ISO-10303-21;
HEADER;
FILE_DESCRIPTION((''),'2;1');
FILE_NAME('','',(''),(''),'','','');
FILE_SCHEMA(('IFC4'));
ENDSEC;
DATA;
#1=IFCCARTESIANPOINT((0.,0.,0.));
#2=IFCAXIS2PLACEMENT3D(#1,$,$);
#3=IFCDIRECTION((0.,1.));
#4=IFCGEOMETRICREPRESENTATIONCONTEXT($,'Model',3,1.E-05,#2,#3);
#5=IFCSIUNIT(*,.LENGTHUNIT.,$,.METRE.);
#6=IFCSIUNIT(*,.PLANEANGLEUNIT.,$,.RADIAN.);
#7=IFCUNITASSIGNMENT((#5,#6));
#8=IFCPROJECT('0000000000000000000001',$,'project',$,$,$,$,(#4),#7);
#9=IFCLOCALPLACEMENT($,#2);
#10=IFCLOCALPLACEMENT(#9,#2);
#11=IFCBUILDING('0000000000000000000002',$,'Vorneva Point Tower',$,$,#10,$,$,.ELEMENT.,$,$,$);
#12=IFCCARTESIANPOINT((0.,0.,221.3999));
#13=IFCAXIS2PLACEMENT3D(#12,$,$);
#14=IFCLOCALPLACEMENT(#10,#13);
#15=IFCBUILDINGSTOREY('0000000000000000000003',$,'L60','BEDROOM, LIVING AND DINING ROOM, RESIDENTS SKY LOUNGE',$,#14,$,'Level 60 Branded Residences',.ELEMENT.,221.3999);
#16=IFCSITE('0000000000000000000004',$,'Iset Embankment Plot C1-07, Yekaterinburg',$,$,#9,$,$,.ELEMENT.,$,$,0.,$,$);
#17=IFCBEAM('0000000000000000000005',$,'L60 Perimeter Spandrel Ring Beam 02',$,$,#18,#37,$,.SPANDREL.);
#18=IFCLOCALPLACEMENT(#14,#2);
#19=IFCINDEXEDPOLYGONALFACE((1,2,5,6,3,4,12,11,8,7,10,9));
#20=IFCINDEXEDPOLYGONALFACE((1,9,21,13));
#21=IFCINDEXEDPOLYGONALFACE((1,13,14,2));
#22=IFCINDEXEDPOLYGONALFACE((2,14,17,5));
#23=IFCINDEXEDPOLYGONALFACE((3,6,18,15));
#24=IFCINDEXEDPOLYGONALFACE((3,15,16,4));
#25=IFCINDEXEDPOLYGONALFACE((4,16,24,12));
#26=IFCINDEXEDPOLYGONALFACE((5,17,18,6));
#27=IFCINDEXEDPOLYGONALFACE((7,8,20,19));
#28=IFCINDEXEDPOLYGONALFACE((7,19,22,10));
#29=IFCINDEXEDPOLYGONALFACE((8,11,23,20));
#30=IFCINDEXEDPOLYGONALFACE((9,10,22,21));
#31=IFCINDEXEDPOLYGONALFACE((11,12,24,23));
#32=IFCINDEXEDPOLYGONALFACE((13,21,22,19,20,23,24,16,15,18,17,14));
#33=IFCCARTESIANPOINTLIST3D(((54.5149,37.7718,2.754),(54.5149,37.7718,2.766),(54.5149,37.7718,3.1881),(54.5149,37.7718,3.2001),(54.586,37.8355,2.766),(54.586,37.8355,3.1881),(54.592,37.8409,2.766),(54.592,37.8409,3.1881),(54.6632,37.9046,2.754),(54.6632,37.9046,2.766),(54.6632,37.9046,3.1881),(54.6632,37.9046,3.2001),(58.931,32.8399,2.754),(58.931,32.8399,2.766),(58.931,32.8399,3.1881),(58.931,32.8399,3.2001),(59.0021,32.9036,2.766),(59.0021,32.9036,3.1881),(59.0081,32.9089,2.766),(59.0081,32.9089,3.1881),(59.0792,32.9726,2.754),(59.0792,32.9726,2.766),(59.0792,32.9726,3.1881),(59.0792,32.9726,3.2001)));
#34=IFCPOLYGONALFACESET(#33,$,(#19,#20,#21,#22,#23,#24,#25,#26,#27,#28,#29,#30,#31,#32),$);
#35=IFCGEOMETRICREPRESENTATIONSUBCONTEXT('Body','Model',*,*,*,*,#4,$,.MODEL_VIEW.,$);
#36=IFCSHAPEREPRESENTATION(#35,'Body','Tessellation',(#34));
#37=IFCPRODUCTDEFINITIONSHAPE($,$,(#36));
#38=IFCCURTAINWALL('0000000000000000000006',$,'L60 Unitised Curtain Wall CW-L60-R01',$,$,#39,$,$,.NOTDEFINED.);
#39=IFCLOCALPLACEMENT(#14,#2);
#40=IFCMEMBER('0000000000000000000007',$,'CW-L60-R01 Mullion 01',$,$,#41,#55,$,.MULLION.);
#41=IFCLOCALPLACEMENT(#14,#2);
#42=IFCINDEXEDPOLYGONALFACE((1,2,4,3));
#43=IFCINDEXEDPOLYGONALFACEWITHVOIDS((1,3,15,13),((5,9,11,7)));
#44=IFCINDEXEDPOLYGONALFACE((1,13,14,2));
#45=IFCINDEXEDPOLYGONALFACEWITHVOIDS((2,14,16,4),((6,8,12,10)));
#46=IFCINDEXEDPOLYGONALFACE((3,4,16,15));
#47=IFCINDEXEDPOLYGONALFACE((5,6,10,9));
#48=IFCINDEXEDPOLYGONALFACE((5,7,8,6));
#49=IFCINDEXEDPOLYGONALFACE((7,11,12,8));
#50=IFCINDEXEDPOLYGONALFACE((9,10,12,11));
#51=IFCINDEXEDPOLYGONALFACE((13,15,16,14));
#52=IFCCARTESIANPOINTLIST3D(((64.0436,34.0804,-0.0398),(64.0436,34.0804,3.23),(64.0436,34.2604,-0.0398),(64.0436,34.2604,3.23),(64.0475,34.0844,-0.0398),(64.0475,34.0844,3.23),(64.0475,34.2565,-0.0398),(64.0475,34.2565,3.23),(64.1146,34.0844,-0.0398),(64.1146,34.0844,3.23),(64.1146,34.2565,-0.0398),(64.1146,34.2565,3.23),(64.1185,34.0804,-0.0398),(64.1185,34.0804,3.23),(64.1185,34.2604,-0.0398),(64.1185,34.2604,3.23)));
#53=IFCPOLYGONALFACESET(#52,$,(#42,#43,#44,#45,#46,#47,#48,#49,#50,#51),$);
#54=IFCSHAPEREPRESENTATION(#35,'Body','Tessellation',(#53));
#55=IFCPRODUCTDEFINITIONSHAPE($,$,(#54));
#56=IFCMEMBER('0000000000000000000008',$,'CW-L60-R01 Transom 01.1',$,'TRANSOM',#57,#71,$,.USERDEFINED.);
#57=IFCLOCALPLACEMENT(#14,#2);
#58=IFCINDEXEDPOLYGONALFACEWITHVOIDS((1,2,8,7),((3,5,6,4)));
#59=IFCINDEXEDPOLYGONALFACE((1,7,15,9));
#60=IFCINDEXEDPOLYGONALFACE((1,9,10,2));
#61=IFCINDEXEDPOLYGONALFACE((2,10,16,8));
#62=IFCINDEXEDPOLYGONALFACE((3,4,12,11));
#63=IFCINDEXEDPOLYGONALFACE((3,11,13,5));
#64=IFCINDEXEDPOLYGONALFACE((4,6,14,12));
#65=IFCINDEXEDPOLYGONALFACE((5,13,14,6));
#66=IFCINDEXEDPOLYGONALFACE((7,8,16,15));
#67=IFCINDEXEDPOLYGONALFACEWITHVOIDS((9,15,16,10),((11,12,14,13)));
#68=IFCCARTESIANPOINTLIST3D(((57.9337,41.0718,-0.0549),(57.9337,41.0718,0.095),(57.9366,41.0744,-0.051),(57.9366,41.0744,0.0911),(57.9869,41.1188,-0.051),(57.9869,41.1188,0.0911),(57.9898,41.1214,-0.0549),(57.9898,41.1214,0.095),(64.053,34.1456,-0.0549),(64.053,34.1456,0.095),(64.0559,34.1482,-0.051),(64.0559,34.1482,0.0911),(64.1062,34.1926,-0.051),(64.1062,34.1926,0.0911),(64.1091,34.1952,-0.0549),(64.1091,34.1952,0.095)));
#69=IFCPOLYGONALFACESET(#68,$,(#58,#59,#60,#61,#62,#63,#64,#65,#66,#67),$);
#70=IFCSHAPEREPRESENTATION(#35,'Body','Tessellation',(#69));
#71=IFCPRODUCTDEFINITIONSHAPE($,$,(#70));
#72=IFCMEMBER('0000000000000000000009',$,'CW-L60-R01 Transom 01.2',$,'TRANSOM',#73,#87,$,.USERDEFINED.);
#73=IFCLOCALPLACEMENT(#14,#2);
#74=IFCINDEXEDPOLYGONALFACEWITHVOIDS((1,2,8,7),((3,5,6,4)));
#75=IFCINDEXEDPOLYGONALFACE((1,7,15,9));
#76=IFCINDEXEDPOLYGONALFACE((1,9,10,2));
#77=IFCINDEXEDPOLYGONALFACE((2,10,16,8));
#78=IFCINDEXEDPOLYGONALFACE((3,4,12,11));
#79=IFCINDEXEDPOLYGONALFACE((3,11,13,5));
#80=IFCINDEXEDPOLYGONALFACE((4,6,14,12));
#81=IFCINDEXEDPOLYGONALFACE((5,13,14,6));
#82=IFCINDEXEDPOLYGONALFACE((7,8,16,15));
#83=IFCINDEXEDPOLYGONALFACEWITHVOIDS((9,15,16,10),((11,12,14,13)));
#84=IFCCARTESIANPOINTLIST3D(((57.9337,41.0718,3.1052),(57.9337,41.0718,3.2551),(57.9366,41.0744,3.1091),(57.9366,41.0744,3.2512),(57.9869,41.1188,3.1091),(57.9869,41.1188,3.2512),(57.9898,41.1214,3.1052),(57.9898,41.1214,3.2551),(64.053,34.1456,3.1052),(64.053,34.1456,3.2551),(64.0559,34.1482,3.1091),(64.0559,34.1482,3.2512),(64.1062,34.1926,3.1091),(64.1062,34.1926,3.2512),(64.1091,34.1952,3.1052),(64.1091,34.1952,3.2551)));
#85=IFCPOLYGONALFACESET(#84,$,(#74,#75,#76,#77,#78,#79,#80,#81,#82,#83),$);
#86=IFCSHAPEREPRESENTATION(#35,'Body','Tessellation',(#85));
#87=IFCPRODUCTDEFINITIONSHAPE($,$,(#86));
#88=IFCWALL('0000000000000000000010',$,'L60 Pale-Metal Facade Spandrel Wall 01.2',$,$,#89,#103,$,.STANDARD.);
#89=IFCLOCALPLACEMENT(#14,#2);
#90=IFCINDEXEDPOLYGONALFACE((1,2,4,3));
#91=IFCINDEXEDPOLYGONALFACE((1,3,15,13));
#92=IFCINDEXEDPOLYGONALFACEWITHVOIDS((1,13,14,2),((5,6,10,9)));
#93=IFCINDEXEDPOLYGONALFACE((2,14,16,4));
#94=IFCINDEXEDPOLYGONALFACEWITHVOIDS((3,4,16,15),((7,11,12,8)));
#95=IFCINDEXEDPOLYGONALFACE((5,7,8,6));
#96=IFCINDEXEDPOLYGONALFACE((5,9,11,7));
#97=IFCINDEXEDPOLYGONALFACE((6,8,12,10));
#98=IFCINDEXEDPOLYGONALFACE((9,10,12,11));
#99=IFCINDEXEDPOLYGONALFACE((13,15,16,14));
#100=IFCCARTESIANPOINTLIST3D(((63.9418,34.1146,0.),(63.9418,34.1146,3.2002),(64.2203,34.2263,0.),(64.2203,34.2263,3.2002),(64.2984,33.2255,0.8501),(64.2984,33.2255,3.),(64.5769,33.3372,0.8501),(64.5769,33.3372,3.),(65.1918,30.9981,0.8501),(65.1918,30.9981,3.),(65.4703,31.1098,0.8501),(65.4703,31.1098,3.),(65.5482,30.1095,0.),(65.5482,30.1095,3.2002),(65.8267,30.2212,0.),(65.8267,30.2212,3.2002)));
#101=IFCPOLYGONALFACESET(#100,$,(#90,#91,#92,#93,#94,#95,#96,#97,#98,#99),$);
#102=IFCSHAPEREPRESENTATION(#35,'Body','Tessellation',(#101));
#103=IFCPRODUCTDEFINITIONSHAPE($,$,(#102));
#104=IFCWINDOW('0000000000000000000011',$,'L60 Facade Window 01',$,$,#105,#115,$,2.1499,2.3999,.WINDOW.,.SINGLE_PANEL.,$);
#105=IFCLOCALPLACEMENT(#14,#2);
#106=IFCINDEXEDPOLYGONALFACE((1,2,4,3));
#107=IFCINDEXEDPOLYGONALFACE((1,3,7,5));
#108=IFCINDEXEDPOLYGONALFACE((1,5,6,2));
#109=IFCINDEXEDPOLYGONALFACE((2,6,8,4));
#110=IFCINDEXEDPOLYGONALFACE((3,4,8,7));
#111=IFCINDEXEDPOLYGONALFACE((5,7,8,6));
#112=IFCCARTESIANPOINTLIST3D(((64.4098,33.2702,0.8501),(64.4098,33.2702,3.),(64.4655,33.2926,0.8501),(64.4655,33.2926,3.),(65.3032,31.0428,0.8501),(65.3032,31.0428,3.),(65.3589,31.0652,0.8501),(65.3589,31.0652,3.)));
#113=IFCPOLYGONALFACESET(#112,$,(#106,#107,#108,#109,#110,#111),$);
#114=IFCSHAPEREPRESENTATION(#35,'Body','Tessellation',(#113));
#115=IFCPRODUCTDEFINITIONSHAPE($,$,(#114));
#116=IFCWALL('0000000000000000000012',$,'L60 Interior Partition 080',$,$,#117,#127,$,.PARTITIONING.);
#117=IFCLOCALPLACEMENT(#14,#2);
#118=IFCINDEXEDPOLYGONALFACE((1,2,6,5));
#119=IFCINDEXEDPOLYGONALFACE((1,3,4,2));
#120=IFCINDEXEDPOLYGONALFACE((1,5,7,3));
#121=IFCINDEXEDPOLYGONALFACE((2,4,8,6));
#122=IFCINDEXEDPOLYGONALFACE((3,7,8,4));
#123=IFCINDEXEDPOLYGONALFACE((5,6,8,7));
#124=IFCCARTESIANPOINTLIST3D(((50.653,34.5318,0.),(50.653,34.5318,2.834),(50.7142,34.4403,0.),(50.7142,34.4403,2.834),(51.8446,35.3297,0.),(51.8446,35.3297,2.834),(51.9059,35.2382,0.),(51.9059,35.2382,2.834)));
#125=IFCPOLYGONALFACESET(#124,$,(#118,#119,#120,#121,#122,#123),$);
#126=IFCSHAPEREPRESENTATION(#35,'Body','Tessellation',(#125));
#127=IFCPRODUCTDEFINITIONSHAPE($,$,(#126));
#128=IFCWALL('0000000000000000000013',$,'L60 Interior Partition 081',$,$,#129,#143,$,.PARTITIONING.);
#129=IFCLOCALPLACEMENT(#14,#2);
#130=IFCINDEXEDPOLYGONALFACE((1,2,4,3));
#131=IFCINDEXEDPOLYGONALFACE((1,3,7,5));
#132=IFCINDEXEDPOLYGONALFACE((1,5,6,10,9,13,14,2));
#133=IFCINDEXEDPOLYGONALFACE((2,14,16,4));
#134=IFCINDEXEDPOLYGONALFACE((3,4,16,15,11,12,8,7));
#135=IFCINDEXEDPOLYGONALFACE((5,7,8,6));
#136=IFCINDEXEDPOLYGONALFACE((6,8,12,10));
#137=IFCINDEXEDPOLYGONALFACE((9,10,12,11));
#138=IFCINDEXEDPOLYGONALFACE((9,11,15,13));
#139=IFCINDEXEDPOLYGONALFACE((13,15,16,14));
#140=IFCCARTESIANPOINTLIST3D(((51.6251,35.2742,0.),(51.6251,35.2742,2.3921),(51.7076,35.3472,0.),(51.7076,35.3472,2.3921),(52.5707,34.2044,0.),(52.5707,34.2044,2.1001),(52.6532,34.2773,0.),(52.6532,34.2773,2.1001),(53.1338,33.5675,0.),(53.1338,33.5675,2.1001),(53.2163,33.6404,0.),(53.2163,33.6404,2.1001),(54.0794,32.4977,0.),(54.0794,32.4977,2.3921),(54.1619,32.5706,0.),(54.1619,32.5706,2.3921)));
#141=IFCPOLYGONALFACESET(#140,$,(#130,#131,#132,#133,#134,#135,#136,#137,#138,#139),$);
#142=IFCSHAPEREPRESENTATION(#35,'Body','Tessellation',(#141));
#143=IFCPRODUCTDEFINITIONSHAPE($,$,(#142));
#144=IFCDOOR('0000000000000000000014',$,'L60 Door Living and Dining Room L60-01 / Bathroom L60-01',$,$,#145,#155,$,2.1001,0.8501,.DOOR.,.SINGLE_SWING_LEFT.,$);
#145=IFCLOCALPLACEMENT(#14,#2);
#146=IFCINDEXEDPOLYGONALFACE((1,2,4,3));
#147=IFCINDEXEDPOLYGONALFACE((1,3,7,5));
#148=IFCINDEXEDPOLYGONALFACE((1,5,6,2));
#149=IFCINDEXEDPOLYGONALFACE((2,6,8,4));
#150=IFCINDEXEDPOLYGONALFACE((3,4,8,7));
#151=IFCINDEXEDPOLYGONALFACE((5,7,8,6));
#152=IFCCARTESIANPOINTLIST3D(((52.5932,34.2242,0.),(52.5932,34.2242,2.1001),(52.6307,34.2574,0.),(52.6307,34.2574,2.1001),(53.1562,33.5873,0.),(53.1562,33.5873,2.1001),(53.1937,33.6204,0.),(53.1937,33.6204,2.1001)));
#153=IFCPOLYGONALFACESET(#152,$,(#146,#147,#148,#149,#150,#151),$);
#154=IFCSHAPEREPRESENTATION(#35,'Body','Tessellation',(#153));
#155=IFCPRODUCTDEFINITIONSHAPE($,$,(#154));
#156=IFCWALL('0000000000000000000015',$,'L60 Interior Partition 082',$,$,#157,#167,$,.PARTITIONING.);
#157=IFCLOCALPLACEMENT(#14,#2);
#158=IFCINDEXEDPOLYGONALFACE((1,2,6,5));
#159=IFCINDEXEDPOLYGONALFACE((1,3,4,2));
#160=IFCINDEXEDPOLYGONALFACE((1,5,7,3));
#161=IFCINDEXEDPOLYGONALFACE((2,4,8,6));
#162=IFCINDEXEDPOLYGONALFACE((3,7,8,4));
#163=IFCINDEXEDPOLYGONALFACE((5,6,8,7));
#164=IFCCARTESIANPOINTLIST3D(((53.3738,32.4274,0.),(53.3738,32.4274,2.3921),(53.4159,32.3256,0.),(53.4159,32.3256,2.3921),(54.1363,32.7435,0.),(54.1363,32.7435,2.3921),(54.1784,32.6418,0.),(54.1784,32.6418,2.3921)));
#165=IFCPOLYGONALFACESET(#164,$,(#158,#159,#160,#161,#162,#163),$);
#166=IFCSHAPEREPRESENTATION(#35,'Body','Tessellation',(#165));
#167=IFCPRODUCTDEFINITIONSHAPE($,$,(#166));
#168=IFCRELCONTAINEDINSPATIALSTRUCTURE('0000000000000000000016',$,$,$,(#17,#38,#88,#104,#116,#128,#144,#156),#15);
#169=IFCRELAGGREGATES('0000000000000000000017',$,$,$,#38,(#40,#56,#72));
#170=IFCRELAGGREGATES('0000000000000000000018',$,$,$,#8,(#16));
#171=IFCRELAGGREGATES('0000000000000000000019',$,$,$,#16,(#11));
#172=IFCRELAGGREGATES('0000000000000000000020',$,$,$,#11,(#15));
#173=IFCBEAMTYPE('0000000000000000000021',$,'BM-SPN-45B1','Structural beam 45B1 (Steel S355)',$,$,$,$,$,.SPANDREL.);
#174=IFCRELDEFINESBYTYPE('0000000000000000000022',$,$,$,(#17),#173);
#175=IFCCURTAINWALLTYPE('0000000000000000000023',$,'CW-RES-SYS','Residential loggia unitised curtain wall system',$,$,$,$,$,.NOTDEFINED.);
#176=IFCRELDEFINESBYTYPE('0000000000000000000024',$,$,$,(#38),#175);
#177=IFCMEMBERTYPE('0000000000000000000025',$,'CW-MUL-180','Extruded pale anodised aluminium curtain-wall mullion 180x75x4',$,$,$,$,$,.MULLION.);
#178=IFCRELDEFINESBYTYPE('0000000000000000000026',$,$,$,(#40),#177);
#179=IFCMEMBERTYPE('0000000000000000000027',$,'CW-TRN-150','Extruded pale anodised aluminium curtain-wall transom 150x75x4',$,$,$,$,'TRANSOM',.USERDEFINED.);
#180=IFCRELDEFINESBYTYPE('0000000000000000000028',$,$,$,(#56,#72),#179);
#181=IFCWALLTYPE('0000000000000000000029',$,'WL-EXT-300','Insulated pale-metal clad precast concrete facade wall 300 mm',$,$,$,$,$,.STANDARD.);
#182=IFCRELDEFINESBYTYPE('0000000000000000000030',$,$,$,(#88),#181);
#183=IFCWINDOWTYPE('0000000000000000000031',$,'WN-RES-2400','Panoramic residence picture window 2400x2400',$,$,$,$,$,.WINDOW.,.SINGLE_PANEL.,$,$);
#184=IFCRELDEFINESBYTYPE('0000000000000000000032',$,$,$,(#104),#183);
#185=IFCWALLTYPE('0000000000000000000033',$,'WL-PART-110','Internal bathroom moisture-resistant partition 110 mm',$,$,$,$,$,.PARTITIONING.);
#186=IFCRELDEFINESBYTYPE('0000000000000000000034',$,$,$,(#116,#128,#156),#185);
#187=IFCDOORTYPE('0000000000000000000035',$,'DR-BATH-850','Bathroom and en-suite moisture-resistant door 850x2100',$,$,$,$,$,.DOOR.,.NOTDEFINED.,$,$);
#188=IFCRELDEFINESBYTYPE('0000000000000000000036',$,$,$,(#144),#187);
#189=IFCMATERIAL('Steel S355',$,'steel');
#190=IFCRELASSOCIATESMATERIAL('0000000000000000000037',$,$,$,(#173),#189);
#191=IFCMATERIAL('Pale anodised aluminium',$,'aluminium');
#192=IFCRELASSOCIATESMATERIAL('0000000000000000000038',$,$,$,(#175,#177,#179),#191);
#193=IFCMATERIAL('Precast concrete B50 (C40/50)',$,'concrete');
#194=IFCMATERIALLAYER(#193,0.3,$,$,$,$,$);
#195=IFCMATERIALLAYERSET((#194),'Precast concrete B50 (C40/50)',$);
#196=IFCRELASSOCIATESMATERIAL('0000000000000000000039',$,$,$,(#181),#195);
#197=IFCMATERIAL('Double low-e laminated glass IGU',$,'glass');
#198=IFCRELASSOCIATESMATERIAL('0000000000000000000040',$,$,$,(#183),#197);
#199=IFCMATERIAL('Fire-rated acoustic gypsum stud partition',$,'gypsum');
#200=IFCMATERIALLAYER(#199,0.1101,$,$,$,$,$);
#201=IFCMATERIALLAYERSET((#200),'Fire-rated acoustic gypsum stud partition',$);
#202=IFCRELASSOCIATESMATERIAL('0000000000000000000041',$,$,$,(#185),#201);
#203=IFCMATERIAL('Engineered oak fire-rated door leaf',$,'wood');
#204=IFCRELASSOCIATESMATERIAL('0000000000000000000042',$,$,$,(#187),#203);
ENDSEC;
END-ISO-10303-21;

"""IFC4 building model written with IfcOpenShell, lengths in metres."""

from ifc_helpers import new_model, si_unit, direction, frame, frame_2d, origin, origin_2d, place, context, subcontext, project, spatial, rectangle, hollow_rectangle, i_section, extrude, material, layer, layer_set, material_profile, profile_set, type_object, element, fill, aggregate, save


model = new_model("IFC4")

# Units and contexts
model_context = context("Model", 3, precision=1e-05, world=origin(), true_north=direction((0.0, 1.0)))
body_context = subcontext(model_context, "Body", "Model", "MODEL_VIEW")
ifc_project = project(units=[si_unit("LENGTHUNIT", "METRE"), si_unit("PLANEANGLEUNIT", "RADIAN")], contexts=[model_context])

# Site, building, storey
site_placement = place(None, origin())
site = spatial("IfcSite", under=ifc_project, at=site_placement, Name="Iset Embankment Plot C1-07, Yekaterinburg", CompositionType="ELEMENT", RefElevation=0.0)
building_placement = place(site_placement, origin())
building = spatial("IfcBuilding", under=site, at=building_placement, Name="Vorneva Point Tower", CompositionType="ELEMENT")
storey_placement = place(building_placement, frame((0.0, 0.0, 221.3999)))
storey = spatial("IfcBuildingStorey", under=building, at=storey_placement, Name="L60", Description="BEDROOM, LIVING AND DINING ROOM, RESIDENTS SKY LOUNGE", LongName="Level 60 Branded Residences", CompositionType="ELEMENT", Elevation=221.3999)

# Beam
ifc_material_1 = material(Name="Steel S355", Category="steel")
ifc_material_profile_1 = material_profile(ifc_material_1, i_section(OverallWidth=0.199, OverallDepth=0.446, WebThickness=0.0081, FlangeThickness=0.012, at=origin_2d()), Name="45B1")
ifc_profile_set_1 = profile_set([ifc_material_profile_1], Name="Steel S355")
beam_type_1 = type_object("IfcBeamType", Name="BM-SPN-45B1", Description="Structural beam 45B1 (Steel S355)", PredefinedType="SPANDREL", material=ifc_profile_set_1)
beam_1_placement = place(storey_placement, frame((59.0051, 32.9062, 2.9771), z_axis=(-0.66707, 0.744995, 0.0), x_axis=(-0.744995, -0.66707, 0.0)))
element("IfcBeam", 1, at=beam_1_placement, inside=storey, type_object=beam_type_1, Name="L60 Perimeter Spandrel Ring Beam 02", PredefinedType="SPANDREL", context=body_context, shape_type="SweptSolid", body=[
    extrude(i_section(OverallWidth=0.199, OverallDepth=0.446, WebThickness=0.0081, FlangeThickness=0.012, at=origin_2d()), origin(), (0.0, 0.0, 1.0), 6.6201),
])

# Curtain wall, members
ifc_material_2 = material(Name="Pale anodised aluminium", Category="aluminium")
curtain_wall_type = type_object("IfcCurtainWallType", Name="CW-RES-SYS", Description="Residential loggia unitised curtain wall system", PredefinedType="NOTDEFINED", material=ifc_material_2)
curtain_wall_placement = place(storey_placement, origin())
curtain_wall = element("IfcCurtainWall", 2, at=curtain_wall_placement, inside=storey, type_object=curtain_wall_type, Name="L60 Unitised Curtain Wall CW-L60-R01", PredefinedType="NOTDEFINED")
ifc_material_profile_2 = material_profile(ifc_material_2, hollow_rectangle(XDim=0.075, YDim=0.1799, WallThickness=0.0039, at=origin_2d()), Name="AL-MUL 180x75x4")
ifc_profile_set_2 = profile_set([ifc_material_profile_2], Name="Pale anodised aluminium")
member_type_1 = type_object("IfcMemberType", Name="CW-MUL-180", Description="Extruded pale anodised aluminium curtain-wall mullion 180x75x4", PredefinedType="MULLION", material=ifc_profile_set_2)
member_1_placement = place(storey_placement, frame((64.0811, 34.1704, -0.0398), z_axis=(0.0, 0.0, 1.0), x_axis=(1.0, 0.0, 0.0)))
member_1 = element("IfcMember", 3, at=member_1_placement, type_object=member_type_1, Name="CW-L60-R01 Mullion 01", PredefinedType="MULLION", context=body_context, shape_type="SweptSolid", body=[
    extrude(hollow_rectangle(XDim=0.075, YDim=0.1799, WallThickness=0.0039, at=origin_2d()), origin(), (0.0, 0.0, 1.0), 3.2698),
])
ifc_material_profile_3 = material_profile(ifc_material_2, hollow_rectangle(XDim=0.075, YDim=0.1499, WallThickness=0.0039, at=origin_2d()), Name="AL-TRN 150x75x4")
ifc_profile_set_3 = profile_set([ifc_material_profile_3], Name="Pale anodised aluminium")
member_type_2 = type_object("IfcMemberType", Name="CW-TRN-150", Description="Extruded pale anodised aluminium curtain-wall transom 150x75x4", ElementType="TRANSOM", PredefinedType="USERDEFINED", material=ifc_profile_set_3)
member_2_placement = place(storey_placement, frame((64.0811, 34.1704, 0.02), z_axis=(-0.662106, 0.74941, 0.0), x_axis=(-0.74941, -0.662106, 0.0)))
member_2 = element("IfcMember", 4, at=member_2_placement, type_object=member_type_2, Name="CW-L60-R01 Transom 01.1", ObjectType="TRANSOM", PredefinedType="USERDEFINED", context=body_context, shape_type="SweptSolid", body=[
    extrude(hollow_rectangle(XDim=0.075, YDim=0.1499, WallThickness=0.0039, at=origin_2d()), origin(), (0.0, 0.0, 1.0), 9.2422),
])
member_3_placement = place(storey_placement, frame((64.0811, 34.1704, 3.1802), z_axis=(-0.662106, 0.74941, 0.0), x_axis=(-0.74941, -0.662106, 0.0)))
member_3 = element("IfcMember", 5, at=member_3_placement, type_object=member_type_2, Name="CW-L60-R01 Transom 01.2", ObjectType="TRANSOM", PredefinedType="USERDEFINED", context=body_context, shape_type="SweptSolid", body=[
    extrude(hollow_rectangle(XDim=0.075, YDim=0.1499, WallThickness=0.0039, at=origin_2d()), origin(), (0.0, 0.0, 1.0), 9.2422),
])
aggregate(curtain_wall, [member_1, member_2, member_3])

# Wall, opening, window
ifc_material_3 = material(Name="Precast concrete B50 (C40/50)", Category="concrete")
ifc_layer_1 = layer(ifc_material_3, 0.3)
ifc_layer_set_1 = layer_set([ifc_layer_1], Name="Precast concrete B50 (C40/50)")
wall_type_1 = type_object("IfcWallType", Name="WL-EXT-300", Description="Insulated pale-metal clad precast concrete facade wall 300 mm", PredefinedType="STANDARD", material=ifc_layer_set_1)
wall_1_placement = place(storey_placement, frame((65.6875, 30.1653, 0.0), z_axis=(0.0, 0.0, 1.0), x_axis=(-0.372268, 0.928125, 0.0)))
wall_1 = element("IfcWall", 6, at=wall_1_placement, inside=storey, type_object=wall_type_1, Name="L60 Pale-Metal Facade Spandrel Wall 01.2", PredefinedType="STANDARD", context=body_context, shape_type="SweptSolid", body=[
    extrude(rectangle(XDim=4.3152, YDim=0.3, at=frame_2d((2.1577, 0.0))), origin(), (0.0, 0.0, 1.0), 3.2002),
])
opening_1_placement = place(wall_1_placement, frame((0.9575, 0.0, 0.8501)))
opening_1 = element("IfcOpeningElement", 7, at=opening_1_placement, cuts=wall_1, PredefinedType="OPENING", context=body_context, shape_type="SweptSolid", body=[
    extrude(rectangle(XDim=2.3999, YDim=2.1499, at=frame_2d((1.2, 1.075))), frame((0.0, 0.165, 0.0), z_axis=(0.0, -1.0, 0.0), x_axis=(1.0, 0.0, 0.0)), (0.0, 0.0, 1.0), 0.3298),
])
ifc_material_4 = material(Name="Double low-e laminated glass IGU", Category="glass")
window_type = type_object("IfcWindowType", Name="WN-RES-2400", Description="Panoramic residence picture window 2400x2400", PartitioningType="SINGLE_PANEL", PredefinedType="WINDOW", material=ifc_material_4)
window_placement = place(opening_1_placement, origin())
window = element("IfcWindow", 8, at=window_placement, inside=storey, type_object=window_type, Name="L60 Facade Window 01", OverallHeight=2.1499, OverallWidth=2.3999, PartitioningType="SINGLE_PANEL", PredefinedType="WINDOW", context=body_context, shape_type="SweptSolid", body=[
    extrude(rectangle(XDim=2.3999, YDim=2.1499, at=frame_2d((1.2, 1.075))), frame((0.0, 0.03, 0.0), z_axis=(0.0, -1.0, 0.0), x_axis=(1.0, 0.0, 0.0)), (0.0, 0.0, 1.0), 0.0601),
])
fill(opening_1, window)

# Wall
ifc_material_5 = material(Name="Fire-rated acoustic gypsum stud partition", Category="gypsum")
ifc_layer_2 = layer(ifc_material_5, 0.1101)
ifc_layer_set_2 = layer_set([ifc_layer_2], Name="Fire-rated acoustic gypsum stud partition")
wall_type_2 = type_object("IfcWallType", Name="WL-PART-110", Description="Internal bathroom moisture-resistant partition 110 mm", PredefinedType="PARTITIONING", material=ifc_layer_set_2)
wall_2_placement = place(storey_placement, frame((50.6836, 34.4861, 0.0), z_axis=(0.0, 0.0, 1.0), x_axis=(0.830949, 0.556349, 0.0)))
element("IfcWall", 9, at=wall_2_placement, inside=storey, type_object=wall_type_2, Name="L60 Interior Partition 080", PredefinedType="PARTITIONING", context=body_context, shape_type="SweptSolid", body=[
    extrude(rectangle(XDim=1.4341, YDim=0.1101, at=frame_2d((0.717, 0.0))), origin(), (0.0, 0.0, 1.0), 2.834),
])

# Wall, opening, door
wall_3_placement = place(storey_placement, frame((51.6663, 35.3108, 0.0), z_axis=(0.0, 0.0, 1.0), x_axis=(0.662288, -0.749249, 0.0)))
wall_3 = element("IfcWall", 10, at=wall_3_placement, inside=storey, type_object=wall_type_2, Name="L60 Interior Partition 081", PredefinedType="PARTITIONING", context=body_context, shape_type="SweptSolid", body=[
    extrude(rectangle(XDim=3.7058, YDim=0.1101, at=frame_2d((1.853, 0.0))), origin(), (0.0, 0.0, 1.0), 2.3921),
])
opening_2_placement = place(wall_3_placement, frame((1.428, 0.0, 0.0)))
opening_2 = element("IfcOpeningElement", 11, at=opening_2_placement, cuts=wall_3, PredefinedType="OPENING", context=body_context, shape_type="SweptSolid", body=[
    extrude(rectangle(XDim=0.8501, YDim=2.1001, at=frame_2d((0.425, 1.05))), frame((0.0, 0.0698, 0.0), z_axis=(0.0, -1.0, 0.0), x_axis=(1.0, 0.0, 0.0)), (0.0, 0.0, 1.0), 0.1399),
])
ifc_material_6 = material(Name="Engineered oak fire-rated door leaf", Category="wood")
door_type = type_object("IfcDoorType", Name="DR-BATH-850", Description="Bathroom and en-suite moisture-resistant door 850x2100", OperationType="NOTDEFINED", PredefinedType="DOOR", material=ifc_material_6)
door_placement = place(opening_2_placement, origin())
door = element("IfcDoor", 12, at=door_placement, inside=storey, type_object=door_type, Name="L60 Door Living and Dining Room L60-01 / Bathroom L60-01", OperationType="SINGLE_SWING_LEFT", OverallHeight=2.1001, OverallWidth=0.8501, PredefinedType="DOOR", context=body_context, shape_type="SweptSolid", body=[
    extrude(rectangle(XDim=0.8501, YDim=2.1001, at=frame_2d((0.425, 1.05))), frame((0.0, 0.0249, 0.0), z_axis=(0.0, -1.0, 0.0), x_axis=(1.0, 0.0, 0.0)), (0.0, 0.0, 1.0), 0.05),
])
fill(opening_2, door)

# Wall
wall_4_placement = place(storey_placement, frame((54.1572, 32.6926, 0.0), z_axis=(0.0, 0.0, 1.0), x_axis=(-0.923732, -0.38304, 0.0)))
element("IfcWall", 13, at=wall_4_placement, inside=storey, type_object=wall_type_2, Name="L60 Interior Partition 082", PredefinedType="PARTITIONING", context=body_context, shape_type="SweptSolid", body=[
    extrude(rectangle(XDim=0.8254, YDim=0.1101, at=frame_2d((0.4126, 0.0))), origin(), (0.0, 0.0, 1.0), 2.3921),
])

save(model, "model.ifc")
